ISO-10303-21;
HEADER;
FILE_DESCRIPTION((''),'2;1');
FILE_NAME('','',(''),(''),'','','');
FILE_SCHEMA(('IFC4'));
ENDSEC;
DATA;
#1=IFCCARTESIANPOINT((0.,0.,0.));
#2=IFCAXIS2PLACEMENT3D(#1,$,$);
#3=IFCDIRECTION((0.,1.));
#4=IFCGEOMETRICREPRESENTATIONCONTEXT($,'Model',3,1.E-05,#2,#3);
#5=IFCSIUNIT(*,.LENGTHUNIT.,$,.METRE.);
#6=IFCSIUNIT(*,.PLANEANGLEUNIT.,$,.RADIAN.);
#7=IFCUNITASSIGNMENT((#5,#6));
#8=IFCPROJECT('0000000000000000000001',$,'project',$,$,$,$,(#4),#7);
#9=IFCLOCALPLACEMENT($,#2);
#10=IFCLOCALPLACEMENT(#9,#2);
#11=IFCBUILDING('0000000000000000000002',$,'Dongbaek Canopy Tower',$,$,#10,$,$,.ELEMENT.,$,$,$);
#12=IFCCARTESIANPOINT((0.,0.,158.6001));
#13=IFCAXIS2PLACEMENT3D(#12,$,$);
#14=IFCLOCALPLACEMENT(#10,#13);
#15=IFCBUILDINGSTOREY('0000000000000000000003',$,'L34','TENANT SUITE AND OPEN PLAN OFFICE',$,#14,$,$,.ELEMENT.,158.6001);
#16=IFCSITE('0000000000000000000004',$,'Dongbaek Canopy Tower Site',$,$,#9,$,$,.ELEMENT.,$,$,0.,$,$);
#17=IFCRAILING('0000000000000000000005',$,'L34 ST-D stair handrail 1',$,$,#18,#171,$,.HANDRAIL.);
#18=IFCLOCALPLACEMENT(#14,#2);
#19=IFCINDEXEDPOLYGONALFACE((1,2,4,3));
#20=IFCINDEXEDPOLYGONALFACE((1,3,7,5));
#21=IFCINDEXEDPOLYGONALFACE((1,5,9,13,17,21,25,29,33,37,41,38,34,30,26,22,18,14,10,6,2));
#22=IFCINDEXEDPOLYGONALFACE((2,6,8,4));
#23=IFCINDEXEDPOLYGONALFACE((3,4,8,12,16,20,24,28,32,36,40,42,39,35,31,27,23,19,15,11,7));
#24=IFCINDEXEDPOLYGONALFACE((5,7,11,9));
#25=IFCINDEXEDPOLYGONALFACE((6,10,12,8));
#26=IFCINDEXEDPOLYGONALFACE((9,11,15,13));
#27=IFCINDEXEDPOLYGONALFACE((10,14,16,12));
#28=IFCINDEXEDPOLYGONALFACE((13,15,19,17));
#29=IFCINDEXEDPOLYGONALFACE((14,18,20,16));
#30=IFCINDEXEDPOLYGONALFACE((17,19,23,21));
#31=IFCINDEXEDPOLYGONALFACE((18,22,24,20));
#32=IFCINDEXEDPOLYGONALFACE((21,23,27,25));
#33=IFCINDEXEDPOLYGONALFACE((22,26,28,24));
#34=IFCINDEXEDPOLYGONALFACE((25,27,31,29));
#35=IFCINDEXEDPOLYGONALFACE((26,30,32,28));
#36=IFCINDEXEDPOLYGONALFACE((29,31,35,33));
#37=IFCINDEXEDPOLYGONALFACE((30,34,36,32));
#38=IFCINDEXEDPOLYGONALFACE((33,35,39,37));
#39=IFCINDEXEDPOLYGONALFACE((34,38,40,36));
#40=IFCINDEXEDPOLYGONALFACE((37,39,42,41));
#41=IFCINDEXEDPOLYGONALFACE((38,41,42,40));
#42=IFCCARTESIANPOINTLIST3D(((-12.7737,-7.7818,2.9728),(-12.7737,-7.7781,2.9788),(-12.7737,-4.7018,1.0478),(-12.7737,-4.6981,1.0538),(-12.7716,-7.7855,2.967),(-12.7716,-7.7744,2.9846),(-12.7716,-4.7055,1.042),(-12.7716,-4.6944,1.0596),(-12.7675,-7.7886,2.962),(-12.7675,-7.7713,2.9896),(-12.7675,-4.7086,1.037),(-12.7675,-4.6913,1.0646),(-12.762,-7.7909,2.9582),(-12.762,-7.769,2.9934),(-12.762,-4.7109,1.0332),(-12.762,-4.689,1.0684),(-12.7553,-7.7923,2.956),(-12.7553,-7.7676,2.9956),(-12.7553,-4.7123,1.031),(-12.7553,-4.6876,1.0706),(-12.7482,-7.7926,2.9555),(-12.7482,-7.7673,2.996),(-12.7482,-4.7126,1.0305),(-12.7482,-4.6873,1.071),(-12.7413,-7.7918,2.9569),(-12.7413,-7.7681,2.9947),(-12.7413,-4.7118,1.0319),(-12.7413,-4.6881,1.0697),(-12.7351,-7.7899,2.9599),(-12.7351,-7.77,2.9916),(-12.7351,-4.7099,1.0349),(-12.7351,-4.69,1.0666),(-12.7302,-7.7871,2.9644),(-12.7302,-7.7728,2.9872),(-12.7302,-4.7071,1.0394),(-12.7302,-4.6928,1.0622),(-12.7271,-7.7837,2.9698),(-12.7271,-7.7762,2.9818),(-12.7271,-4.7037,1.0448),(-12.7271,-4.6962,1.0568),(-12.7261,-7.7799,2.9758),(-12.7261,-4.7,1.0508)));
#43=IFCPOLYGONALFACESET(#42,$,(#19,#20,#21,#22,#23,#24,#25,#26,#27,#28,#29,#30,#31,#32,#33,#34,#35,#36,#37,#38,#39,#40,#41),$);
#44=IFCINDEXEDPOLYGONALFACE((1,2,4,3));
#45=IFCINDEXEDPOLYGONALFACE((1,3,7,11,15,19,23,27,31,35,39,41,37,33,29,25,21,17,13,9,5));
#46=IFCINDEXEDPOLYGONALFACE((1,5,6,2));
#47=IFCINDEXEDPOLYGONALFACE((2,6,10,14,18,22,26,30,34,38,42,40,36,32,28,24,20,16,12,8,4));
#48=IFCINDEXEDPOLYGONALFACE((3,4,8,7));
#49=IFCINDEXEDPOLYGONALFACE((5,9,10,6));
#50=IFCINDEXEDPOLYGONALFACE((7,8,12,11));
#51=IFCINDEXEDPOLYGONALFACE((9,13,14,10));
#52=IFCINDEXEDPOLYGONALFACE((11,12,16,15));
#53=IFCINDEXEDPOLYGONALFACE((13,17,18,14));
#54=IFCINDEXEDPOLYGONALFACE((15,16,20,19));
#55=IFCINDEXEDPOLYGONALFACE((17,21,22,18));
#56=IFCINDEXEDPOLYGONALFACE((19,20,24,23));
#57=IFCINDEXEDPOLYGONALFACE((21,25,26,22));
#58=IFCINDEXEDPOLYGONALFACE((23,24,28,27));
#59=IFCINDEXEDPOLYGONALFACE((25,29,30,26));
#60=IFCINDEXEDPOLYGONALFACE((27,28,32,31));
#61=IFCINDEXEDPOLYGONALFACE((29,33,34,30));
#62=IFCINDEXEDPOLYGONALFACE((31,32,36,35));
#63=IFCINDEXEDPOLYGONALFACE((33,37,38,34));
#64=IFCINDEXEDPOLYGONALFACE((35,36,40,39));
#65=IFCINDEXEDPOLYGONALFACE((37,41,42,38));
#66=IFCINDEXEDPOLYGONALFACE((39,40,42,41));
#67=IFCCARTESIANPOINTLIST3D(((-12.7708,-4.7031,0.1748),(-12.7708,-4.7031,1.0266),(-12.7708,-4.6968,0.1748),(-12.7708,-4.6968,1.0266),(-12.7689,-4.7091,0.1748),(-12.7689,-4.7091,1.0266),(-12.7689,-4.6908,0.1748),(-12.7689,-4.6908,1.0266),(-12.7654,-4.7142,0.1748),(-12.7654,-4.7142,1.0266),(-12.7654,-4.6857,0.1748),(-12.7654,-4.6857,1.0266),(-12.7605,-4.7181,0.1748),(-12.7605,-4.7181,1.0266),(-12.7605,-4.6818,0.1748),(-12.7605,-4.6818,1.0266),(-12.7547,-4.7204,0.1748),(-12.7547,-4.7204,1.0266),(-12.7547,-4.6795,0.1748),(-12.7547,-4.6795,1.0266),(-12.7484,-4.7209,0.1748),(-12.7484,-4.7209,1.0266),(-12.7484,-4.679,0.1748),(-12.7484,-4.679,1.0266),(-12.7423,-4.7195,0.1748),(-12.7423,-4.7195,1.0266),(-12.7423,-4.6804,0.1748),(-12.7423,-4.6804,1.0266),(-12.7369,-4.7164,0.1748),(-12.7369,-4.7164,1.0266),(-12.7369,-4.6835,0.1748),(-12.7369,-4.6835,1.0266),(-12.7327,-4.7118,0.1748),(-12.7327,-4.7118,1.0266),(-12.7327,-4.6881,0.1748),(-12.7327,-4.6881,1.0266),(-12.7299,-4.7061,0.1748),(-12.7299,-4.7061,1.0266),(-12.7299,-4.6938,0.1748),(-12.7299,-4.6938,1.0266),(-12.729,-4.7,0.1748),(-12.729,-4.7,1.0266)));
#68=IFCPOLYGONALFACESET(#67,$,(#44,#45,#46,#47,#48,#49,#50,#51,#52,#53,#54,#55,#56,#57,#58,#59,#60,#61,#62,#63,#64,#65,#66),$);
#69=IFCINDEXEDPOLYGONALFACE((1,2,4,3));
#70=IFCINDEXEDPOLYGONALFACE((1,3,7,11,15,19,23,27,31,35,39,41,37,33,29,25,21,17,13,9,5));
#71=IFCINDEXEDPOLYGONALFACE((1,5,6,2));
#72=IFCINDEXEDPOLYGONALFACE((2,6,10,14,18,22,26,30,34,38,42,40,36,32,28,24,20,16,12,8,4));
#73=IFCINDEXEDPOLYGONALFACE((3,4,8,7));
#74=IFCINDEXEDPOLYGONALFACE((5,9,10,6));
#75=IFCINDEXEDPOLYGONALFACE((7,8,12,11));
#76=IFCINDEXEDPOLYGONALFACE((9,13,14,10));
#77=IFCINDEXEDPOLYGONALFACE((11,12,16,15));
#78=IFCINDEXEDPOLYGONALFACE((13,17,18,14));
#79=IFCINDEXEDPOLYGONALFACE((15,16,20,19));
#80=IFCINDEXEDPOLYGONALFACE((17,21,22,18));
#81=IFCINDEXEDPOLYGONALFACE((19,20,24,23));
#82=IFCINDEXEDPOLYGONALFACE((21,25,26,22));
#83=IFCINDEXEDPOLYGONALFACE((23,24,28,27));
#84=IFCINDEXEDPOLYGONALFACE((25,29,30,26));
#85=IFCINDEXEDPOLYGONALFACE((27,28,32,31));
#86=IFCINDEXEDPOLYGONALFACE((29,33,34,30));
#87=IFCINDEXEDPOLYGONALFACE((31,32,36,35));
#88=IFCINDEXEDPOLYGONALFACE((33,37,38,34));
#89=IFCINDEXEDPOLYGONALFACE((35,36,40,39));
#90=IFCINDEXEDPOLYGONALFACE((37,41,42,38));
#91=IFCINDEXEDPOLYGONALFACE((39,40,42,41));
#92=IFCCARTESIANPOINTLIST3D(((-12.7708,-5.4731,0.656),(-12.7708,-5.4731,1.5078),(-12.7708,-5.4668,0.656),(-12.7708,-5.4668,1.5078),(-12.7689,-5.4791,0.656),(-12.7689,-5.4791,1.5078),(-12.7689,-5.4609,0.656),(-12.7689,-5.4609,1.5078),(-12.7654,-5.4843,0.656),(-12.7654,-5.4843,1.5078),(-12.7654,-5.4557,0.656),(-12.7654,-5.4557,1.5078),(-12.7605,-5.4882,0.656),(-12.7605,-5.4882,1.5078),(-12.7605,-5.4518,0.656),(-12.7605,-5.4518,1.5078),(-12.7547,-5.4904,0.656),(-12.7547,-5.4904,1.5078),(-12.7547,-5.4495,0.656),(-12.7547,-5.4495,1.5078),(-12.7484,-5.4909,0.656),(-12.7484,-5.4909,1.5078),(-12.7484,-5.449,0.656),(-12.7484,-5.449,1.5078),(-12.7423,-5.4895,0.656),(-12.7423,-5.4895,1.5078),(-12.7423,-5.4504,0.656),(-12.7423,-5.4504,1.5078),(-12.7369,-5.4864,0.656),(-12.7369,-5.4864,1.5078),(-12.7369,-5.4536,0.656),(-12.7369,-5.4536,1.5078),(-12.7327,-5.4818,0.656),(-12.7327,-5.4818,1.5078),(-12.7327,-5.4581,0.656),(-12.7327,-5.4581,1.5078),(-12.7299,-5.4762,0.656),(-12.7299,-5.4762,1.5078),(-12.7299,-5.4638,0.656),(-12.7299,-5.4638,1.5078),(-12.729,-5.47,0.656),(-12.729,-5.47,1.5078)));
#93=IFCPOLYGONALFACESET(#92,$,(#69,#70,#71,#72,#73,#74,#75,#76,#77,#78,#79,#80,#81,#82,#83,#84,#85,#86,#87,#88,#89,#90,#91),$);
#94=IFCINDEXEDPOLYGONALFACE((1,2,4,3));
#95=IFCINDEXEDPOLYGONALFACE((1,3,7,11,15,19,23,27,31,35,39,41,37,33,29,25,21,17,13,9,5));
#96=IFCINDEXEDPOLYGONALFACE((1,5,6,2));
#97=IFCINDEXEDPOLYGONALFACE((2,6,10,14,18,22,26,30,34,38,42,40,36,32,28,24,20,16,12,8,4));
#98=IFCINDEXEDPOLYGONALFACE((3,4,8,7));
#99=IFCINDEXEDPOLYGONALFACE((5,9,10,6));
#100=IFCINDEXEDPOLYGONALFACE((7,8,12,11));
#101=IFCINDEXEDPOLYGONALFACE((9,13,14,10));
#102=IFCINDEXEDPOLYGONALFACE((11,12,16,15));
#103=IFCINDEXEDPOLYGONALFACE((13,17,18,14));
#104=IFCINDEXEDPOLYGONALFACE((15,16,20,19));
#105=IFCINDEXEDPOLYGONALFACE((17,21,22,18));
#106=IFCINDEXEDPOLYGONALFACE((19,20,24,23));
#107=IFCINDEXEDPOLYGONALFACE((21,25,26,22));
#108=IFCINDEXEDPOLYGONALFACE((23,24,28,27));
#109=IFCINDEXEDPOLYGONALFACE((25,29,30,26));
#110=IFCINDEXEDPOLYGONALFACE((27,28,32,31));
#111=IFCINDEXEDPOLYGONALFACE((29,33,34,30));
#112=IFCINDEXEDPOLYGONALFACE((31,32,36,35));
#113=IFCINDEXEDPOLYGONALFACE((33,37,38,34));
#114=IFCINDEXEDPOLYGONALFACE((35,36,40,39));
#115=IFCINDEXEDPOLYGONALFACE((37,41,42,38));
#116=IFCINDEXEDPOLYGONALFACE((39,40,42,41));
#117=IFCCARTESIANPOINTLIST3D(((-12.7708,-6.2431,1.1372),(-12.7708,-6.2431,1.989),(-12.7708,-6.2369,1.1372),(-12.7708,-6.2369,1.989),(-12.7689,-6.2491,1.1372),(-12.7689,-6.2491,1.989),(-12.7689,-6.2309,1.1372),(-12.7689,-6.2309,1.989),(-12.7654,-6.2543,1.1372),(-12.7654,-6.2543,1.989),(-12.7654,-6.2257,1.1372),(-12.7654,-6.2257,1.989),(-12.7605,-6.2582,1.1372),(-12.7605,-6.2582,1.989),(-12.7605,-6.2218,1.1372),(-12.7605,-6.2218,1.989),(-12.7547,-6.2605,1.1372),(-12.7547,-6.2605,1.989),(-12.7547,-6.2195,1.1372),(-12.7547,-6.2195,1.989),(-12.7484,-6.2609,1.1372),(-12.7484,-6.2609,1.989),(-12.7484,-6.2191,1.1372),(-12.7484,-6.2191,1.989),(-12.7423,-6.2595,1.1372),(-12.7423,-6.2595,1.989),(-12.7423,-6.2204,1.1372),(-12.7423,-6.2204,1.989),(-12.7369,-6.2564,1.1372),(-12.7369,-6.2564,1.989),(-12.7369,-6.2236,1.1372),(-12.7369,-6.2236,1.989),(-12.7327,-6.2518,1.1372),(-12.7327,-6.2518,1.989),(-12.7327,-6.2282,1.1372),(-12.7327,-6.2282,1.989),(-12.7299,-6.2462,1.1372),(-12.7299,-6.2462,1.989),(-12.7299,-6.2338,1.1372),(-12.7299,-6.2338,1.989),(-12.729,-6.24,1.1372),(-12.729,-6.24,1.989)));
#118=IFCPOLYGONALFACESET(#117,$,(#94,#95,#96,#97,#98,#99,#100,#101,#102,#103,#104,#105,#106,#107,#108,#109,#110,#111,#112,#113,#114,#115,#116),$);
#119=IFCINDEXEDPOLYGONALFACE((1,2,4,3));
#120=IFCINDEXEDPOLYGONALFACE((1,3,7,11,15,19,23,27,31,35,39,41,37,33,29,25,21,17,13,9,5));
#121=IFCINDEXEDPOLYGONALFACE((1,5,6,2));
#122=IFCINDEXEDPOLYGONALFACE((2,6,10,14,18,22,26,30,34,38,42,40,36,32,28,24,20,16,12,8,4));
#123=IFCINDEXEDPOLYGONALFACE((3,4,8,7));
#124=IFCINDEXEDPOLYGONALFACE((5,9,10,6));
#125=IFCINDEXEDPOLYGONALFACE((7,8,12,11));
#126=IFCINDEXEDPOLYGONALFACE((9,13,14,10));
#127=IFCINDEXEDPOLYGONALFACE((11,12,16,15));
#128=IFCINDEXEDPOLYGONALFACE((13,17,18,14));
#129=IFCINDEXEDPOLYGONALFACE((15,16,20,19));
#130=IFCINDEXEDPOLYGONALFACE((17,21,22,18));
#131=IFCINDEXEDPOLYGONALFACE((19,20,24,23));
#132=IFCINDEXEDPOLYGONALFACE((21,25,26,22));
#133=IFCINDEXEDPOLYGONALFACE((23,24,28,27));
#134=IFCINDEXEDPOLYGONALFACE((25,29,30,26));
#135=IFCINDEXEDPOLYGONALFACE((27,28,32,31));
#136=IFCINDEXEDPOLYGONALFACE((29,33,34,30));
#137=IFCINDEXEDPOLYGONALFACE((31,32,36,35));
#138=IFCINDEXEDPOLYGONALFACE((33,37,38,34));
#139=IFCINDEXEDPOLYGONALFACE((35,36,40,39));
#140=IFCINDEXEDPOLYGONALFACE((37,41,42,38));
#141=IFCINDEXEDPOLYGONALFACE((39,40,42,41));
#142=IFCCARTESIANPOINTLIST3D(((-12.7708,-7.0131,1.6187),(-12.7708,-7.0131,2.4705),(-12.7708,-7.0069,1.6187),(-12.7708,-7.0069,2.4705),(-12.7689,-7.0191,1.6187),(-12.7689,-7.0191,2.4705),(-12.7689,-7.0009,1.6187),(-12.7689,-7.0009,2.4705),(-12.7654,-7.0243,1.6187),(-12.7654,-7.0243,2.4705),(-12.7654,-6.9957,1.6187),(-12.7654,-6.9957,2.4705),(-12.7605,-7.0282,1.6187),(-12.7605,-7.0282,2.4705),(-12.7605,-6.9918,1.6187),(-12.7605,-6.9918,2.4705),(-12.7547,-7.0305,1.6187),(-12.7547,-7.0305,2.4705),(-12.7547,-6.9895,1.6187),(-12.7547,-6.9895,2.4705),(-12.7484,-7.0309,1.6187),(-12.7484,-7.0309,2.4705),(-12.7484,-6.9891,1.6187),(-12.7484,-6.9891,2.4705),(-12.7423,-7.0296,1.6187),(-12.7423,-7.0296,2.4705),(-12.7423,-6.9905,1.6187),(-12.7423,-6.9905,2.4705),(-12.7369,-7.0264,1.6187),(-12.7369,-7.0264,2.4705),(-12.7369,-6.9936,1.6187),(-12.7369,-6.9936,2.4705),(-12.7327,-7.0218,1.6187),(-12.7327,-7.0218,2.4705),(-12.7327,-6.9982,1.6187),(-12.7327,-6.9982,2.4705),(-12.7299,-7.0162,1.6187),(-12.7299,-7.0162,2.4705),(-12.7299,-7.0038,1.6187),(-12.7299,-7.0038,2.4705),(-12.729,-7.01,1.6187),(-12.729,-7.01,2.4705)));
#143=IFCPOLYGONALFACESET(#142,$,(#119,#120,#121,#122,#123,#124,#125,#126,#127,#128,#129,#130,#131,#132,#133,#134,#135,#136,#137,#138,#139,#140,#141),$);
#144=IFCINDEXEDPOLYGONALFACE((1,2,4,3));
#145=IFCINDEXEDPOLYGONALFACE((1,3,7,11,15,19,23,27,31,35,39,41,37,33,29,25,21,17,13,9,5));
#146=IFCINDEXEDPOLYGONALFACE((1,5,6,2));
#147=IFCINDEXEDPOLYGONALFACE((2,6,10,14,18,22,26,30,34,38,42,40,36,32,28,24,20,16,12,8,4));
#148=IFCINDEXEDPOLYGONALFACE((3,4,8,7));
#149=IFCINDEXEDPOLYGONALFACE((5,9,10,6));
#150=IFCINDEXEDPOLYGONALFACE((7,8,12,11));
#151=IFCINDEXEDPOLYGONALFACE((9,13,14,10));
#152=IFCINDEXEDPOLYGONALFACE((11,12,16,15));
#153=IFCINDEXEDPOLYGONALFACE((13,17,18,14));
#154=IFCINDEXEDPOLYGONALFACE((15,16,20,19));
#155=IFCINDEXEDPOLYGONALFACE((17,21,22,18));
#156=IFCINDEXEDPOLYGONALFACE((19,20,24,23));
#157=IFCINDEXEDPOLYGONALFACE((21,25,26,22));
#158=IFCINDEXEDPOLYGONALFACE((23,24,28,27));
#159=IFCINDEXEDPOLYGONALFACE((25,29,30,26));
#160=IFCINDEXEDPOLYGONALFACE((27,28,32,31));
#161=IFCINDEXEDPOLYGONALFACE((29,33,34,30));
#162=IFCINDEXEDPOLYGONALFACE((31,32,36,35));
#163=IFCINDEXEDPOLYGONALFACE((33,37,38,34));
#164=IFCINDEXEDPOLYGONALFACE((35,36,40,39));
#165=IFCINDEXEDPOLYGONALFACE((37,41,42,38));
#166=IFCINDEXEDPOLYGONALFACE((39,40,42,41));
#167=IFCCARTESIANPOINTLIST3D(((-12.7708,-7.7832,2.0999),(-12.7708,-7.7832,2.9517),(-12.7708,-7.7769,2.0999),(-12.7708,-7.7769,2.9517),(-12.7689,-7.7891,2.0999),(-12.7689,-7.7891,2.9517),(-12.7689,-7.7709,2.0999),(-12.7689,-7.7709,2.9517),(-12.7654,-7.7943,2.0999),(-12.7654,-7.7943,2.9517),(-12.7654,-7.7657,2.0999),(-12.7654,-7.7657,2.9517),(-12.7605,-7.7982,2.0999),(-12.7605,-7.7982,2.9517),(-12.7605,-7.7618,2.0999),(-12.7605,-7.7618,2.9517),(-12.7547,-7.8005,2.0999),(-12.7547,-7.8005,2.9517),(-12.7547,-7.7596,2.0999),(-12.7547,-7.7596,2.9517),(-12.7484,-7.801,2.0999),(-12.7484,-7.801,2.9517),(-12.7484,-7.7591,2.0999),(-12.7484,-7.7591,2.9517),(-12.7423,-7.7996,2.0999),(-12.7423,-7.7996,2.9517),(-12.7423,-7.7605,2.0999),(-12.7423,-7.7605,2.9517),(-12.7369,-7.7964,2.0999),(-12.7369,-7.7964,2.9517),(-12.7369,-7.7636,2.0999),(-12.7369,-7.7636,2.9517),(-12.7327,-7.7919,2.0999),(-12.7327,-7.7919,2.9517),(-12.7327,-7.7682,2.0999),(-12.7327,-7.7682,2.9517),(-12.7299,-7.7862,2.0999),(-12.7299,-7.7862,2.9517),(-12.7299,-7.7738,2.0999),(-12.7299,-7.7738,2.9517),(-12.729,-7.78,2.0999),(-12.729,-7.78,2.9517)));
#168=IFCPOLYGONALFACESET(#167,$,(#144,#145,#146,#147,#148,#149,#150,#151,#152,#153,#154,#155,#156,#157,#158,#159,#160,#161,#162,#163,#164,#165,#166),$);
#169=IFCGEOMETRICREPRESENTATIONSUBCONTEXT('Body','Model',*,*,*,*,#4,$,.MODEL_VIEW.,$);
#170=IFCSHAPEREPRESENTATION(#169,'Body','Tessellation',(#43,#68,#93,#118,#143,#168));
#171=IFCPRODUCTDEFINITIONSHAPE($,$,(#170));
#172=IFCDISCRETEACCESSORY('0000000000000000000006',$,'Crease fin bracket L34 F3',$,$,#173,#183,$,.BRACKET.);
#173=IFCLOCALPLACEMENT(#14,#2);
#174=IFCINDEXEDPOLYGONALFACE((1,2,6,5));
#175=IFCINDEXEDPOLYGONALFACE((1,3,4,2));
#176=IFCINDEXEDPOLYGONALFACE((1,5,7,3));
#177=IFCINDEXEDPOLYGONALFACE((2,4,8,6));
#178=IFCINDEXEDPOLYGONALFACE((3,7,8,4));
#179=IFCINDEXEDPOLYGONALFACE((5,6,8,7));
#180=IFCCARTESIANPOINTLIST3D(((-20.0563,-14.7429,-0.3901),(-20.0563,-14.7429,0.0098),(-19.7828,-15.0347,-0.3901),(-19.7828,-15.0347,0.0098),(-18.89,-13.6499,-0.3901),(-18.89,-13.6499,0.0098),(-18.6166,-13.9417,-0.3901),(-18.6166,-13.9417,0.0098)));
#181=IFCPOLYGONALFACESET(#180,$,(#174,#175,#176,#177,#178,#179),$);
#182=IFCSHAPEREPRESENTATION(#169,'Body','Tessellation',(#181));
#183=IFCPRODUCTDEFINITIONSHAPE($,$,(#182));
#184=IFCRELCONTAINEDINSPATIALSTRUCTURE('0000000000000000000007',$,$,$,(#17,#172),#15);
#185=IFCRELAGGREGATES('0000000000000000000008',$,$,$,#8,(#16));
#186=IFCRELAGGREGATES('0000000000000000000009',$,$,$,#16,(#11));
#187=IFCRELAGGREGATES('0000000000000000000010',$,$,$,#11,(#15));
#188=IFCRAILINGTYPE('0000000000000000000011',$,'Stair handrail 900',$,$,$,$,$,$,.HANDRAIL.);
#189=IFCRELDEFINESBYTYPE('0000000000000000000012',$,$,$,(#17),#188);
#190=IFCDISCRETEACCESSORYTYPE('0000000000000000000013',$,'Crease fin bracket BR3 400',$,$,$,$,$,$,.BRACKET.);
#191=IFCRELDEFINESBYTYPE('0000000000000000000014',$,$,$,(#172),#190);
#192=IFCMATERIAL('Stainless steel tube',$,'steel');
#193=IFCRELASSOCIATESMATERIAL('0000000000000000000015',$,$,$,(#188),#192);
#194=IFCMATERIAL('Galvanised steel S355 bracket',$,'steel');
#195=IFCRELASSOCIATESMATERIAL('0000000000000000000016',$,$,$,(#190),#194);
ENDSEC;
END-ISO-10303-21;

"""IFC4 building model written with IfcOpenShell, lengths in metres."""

from ifc_helpers import new_model, si_unit, direction, frame, origin, origin_2d, place, context, subcontext, project, spatial, rectangle, circle, extrude, material, type_object, element, save


model = new_model("IFC4")

# Units and contexts
model_context = context("Model", 3, precision=1e-05, world=origin(), true_north=direction((0.0, 1.0)))
body_context = subcontext(model_context, "Body", "Model", "MODEL_VIEW")
ifc_project = project(units=[si_unit("LENGTHUNIT", "METRE"), si_unit("PLANEANGLEUNIT", "RADIAN")], contexts=[model_context])

# Site, building, storey
site_placement = place(None, origin())
site = spatial("IfcSite", under=ifc_project, at=site_placement, Name="Dongbaek Canopy Tower Site", CompositionType="ELEMENT", RefElevation=0.0)
building_placement = place(site_placement, origin())
building = spatial("IfcBuilding", under=site, at=building_placement, Name="Dongbaek Canopy Tower", CompositionType="ELEMENT")
storey_placement = place(building_placement, frame((0.0, 0.0, 158.6001)))
storey = spatial("IfcBuildingStorey", under=building, at=storey_placement, Name="L34", Description="TENANT SUITE AND OPEN PLAN OFFICE", CompositionType="ELEMENT", Elevation=158.6001)

# Railing
ifc_material_1 = material(Name="Stainless steel tube", Category="steel")
railing_type = type_object("IfcRailingType", Name="Stair handrail 900", PredefinedType="HANDRAIL", material=ifc_material_1)
railing_placement = place(storey_placement, frame((-12.75, -4.7, 0.1748)))
element("IfcRailing", 1, at=railing_placement, inside=storey, type_object=railing_type, Name="L34 ST-D stair handrail 1", PredefinedType="HANDRAIL", context=body_context, shape_type="SweptSolid", body=[
    extrude(circle(Radius=0.0239, at=origin_2d()), frame((0.0, 0.0, 0.876), z_axis=(0.0, -0.847998, 0.529999), x_axis=(1.0, 0.0, 0.0)), (0.0, 0.0, 1.0), 3.6321),
    extrude(circle(Radius=0.021, at=origin_2d()), origin(), (0.0, 0.0, 1.0), 0.8518),
    extrude(circle(Radius=0.021, at=origin_2d()), frame((0.0, -0.77, 0.4812)), (0.0, 0.0, 1.0), 0.8518),
    extrude(circle(Radius=0.021, at=origin_2d()), frame((0.0, -1.54, 0.9624)), (0.0, 0.0, 1.0), 0.8518),
    extrude(circle(Radius=0.021, at=origin_2d()), frame((0.0, -2.3101, 1.4438)), (0.0, 0.0, 1.0), 0.8518),
    extrude(circle(Radius=0.021, at=origin_2d()), frame((0.0, -3.0801, 1.925)), (0.0, 0.0, 1.0), 0.8518),
])

# Discrete accessory
ifc_material_2 = material(Name="Galvanised steel S355 bracket", Category="steel")
discrete_accessory_type = type_object("IfcDiscreteAccessoryType", Name="Crease fin bracket BR3 400", PredefinedType="BRACKET", material=ifc_material_2)
discrete_accessory_placement = place(storey_placement, frame((-19.3364, -14.3423, -0.3901), z_axis=(0.0, 0.0, 1.0), x_axis=(-0.729649, -0.683822, 0.0)))
element("IfcDiscreteAccessory", 2, at=discrete_accessory_placement, inside=storey, type_object=discrete_accessory_type, Name="Crease fin bracket L34 F3", PredefinedType="BRACKET", context=body_context, shape_type="SweptSolid", body=[
    extrude(rectangle(XDim=1.5984, YDim=0.3999, at=origin_2d()), origin(), (0.0, 0.0, 1.0), 0.3999),
])

save(model, "model.ifc")
